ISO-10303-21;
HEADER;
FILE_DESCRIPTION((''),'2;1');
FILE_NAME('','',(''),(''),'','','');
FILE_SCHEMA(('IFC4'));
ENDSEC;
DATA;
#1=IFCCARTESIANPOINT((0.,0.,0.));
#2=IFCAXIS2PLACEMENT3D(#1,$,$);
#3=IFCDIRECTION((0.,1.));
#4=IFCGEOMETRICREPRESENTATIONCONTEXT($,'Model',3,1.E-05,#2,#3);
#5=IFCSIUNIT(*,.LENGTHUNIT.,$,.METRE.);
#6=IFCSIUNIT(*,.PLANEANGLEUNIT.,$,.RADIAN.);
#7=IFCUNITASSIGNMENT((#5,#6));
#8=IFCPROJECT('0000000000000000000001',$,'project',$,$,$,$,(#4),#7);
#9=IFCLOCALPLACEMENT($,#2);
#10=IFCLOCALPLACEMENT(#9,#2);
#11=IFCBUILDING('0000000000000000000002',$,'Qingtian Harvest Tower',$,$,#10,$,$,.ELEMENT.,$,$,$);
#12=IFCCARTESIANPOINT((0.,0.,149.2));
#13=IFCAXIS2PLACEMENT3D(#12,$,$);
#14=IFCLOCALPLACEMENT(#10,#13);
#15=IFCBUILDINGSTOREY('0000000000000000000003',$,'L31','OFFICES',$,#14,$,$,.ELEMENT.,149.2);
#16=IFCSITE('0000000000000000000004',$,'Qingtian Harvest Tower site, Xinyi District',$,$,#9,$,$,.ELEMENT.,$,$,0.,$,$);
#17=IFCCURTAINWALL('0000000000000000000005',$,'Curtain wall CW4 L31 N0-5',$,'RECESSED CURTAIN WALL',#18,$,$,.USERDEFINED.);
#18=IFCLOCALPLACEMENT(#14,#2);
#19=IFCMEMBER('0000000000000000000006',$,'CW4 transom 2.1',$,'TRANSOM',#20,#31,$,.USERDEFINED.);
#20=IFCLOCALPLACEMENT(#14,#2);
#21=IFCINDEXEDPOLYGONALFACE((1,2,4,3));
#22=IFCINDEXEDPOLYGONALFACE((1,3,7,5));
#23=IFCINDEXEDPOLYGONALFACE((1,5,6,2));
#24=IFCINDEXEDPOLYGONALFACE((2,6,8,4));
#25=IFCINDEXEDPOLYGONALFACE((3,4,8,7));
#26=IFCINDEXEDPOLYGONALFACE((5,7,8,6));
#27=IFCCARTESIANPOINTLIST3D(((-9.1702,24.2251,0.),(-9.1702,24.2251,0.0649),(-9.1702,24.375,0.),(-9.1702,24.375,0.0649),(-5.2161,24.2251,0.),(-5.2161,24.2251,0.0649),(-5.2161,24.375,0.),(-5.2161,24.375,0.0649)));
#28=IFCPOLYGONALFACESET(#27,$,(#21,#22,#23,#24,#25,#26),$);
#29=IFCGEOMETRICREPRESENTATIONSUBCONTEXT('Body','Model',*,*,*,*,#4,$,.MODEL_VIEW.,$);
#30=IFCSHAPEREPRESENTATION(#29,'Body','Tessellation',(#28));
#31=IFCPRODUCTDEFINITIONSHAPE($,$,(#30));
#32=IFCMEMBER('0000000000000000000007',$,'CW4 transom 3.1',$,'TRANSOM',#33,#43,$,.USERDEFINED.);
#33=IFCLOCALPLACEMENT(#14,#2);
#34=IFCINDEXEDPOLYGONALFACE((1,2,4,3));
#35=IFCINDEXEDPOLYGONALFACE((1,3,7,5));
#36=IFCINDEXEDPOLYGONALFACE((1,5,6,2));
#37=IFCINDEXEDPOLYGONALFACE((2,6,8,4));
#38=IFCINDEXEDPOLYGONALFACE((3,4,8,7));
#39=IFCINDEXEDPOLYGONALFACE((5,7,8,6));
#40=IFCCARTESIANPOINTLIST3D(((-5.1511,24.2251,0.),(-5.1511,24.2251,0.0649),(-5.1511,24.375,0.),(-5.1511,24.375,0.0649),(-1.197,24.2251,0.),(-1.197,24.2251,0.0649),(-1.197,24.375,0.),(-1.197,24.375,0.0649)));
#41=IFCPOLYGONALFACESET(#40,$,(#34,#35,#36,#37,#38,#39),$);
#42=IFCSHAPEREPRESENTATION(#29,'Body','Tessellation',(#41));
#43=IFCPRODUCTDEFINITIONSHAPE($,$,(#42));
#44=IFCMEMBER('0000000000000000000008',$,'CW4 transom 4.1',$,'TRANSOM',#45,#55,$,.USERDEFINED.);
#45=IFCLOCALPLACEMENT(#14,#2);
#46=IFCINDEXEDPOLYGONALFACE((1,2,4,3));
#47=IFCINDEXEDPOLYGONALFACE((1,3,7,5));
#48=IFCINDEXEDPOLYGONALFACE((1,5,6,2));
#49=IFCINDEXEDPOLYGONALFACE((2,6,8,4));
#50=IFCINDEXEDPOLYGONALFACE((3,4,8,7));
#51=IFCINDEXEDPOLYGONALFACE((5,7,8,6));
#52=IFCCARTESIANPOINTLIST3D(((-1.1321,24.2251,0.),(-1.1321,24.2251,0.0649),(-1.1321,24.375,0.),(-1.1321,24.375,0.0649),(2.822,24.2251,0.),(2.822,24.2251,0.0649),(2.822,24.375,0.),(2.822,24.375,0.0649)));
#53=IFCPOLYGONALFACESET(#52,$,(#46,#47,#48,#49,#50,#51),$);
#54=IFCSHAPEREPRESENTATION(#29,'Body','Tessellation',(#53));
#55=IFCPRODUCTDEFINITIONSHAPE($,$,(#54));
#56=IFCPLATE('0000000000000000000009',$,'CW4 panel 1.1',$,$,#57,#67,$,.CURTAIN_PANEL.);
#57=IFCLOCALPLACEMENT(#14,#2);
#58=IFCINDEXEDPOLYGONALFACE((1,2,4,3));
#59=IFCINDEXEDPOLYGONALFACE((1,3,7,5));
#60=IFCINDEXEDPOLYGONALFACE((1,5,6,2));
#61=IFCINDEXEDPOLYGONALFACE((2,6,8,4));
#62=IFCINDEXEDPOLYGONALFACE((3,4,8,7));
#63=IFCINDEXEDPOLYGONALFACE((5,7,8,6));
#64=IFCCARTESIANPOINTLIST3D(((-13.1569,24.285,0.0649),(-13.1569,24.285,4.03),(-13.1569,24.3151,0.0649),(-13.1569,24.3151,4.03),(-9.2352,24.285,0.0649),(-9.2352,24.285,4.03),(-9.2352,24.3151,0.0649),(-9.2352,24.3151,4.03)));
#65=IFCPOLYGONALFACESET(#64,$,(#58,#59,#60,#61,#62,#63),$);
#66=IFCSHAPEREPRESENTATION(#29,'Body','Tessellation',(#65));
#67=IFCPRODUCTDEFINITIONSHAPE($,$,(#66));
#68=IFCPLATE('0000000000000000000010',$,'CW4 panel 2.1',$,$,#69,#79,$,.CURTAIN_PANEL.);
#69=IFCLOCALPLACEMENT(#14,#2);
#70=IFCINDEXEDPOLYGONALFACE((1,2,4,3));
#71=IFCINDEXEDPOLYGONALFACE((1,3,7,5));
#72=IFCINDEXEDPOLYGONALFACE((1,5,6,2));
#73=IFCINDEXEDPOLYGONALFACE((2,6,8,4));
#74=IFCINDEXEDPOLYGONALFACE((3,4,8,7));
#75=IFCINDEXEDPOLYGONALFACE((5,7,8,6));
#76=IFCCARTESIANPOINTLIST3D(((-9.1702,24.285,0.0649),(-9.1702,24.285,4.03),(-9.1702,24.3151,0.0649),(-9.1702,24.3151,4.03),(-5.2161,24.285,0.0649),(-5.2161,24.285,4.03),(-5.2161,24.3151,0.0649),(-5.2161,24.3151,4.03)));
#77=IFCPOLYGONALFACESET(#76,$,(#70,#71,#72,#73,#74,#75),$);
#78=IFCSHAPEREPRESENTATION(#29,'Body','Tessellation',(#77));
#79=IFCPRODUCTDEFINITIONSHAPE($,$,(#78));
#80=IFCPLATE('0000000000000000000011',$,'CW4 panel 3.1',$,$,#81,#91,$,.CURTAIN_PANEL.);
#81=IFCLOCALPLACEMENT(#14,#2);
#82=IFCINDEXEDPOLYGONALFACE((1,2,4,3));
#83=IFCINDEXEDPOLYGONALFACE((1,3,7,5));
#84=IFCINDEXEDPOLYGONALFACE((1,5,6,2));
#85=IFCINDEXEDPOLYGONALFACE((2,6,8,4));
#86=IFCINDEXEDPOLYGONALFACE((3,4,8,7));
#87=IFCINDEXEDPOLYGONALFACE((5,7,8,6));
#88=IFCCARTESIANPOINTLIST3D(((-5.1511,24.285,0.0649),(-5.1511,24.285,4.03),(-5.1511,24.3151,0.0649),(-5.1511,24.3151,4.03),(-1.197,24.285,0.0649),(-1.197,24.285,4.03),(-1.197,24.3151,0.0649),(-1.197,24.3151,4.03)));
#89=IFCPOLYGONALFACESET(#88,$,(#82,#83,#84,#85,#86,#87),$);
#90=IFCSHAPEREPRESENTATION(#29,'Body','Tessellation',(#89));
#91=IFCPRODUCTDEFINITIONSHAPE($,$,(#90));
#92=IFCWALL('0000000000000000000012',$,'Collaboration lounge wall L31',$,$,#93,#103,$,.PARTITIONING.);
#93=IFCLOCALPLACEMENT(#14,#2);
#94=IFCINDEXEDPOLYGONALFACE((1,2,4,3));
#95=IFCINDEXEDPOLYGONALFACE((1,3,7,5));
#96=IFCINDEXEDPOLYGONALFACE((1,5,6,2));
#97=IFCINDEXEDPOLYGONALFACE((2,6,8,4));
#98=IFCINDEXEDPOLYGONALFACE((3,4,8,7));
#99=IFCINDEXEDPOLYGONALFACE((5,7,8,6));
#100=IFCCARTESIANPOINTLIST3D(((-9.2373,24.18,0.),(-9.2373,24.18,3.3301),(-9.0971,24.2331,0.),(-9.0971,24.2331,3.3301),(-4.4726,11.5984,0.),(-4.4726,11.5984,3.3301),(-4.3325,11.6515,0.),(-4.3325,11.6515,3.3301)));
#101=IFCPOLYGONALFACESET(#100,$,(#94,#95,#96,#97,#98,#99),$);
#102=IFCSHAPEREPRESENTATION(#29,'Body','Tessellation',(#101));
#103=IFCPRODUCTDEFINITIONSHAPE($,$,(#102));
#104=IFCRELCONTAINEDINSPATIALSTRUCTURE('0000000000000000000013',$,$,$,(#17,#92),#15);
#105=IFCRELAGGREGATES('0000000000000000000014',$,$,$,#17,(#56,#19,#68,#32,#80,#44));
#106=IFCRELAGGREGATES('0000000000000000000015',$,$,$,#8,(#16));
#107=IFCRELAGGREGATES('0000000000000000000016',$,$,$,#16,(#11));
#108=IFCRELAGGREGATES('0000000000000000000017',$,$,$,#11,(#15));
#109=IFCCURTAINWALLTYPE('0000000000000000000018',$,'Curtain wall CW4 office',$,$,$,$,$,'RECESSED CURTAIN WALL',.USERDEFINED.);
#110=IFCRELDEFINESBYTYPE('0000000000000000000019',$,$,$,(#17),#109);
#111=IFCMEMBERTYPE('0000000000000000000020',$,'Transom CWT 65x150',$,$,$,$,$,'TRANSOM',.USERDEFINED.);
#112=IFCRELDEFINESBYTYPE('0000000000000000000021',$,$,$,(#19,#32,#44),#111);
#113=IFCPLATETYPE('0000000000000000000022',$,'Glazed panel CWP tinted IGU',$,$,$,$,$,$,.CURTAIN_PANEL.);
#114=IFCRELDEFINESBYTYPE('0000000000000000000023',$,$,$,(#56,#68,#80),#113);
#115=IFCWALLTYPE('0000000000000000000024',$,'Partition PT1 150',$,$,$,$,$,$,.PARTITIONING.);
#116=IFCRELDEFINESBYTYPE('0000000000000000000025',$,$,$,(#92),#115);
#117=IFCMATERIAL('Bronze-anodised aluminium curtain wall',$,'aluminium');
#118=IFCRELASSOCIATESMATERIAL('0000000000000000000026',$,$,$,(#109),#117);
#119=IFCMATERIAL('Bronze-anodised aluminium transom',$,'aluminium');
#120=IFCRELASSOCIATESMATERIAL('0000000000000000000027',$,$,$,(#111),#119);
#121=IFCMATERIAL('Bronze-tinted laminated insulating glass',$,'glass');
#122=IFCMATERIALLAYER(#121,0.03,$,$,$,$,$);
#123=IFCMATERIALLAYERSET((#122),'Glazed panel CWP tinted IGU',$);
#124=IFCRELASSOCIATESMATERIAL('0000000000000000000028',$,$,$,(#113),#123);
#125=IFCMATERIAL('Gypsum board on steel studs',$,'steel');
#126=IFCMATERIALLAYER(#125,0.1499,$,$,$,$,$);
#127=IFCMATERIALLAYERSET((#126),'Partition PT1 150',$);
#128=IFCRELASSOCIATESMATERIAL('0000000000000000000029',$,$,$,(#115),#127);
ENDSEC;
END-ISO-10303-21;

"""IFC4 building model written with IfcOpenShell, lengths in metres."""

from ifc_helpers import new_model, si_unit, direction, frame, frame_2d, origin, origin_2d, place, context, subcontext, project, spatial, rectangle, extrude, material, layer, layer_set, material_profile, profile_set, type_object, element, aggregate, save


model = new_model("IFC4")

# Units and contexts
model_context = context("Model", 3, precision=1e-05, world=origin(), true_north=direction((0.0, 1.0)))
body_context = subcontext(model_context, "Body", "Model", "MODEL_VIEW")
ifc_project = project(units=[si_unit("LENGTHUNIT", "METRE"), si_unit("PLANEANGLEUNIT", "RADIAN")], contexts=[model_context])

# Site, building, storey
site_placement = place(None, origin())
site = spatial("IfcSite", under=ifc_project, at=site_placement, Name="Qingtian Harvest Tower site, Xinyi District", CompositionType="ELEMENT", RefElevation=0.0)
building_placement = place(site_placement, origin())
building = spatial("IfcBuilding", under=site, at=building_placement, Name="Qingtian Harvest Tower", CompositionType="ELEMENT")
storey_placement = place(building_placement, frame((0.0, 0.0, 149.2)))
storey = spatial("IfcBuildingStorey", under=building, at=storey_placement, Name="L31", Description="OFFICES", CompositionType="ELEMENT", Elevation=149.2)

# Curtain wall
ifc_material_1 = material(Name="Bronze-anodised aluminium curtain wall", Category="aluminium")
curtain_wall_type = type_object("IfcCurtainWallType", Name="Curtain wall CW4 office", ElementType="RECESSED CURTAIN WALL", PredefinedType="USERDEFINED", material=ifc_material_1)
curtain_wall_placement = place(storey_placement, origin())
curtain_wall = element("IfcCurtainWall", 1, at=curtain_wall_placement, inside=storey, type_object=curtain_wall_type, Name="Curtain wall CW4 L31 N0-5", ObjectType="RECESSED CURTAIN WALL", PredefinedType="USERDEFINED")

# Members
ifc_material_2 = material(Name="Bronze-anodised aluminium transom", Category="aluminium")
ifc_material_profile_1 = material_profile(ifc_material_2, rectangle(XDim=0.1499, YDim=0.0649, at=origin_2d()), Name="AL 65x150")
ifc_profile_set_1 = profile_set([ifc_material_profile_1], Name="Bronze-anodised aluminium transom")
member_type_1 = type_object("IfcMemberType", Name="Transom CWT 65x150", ElementType="TRANSOM", PredefinedType="USERDEFINED", material=ifc_profile_set_1)
member_1_placement = place(storey_placement, frame((-9.1702, 24.3, 0.0325), z_axis=(1.0, 0.0, 0.0), x_axis=(0.0, 1.0, 0.0)))
member_1 = element("IfcMember", 2, at=member_1_placement, type_object=member_type_1, Name="CW4 transom 2.1", ObjectType="TRANSOM", PredefinedType="USERDEFINED", context=body_context, shape_type="SweptSolid", body=[
    extrude(rectangle(XDim=0.1499, YDim=0.0649, at=origin_2d()), origin(), (0.0, 0.0, 1.0), 3.9541),
])
member_2_placement = place(storey_placement, frame((-5.1511, 24.3, 0.0325), z_axis=(1.0, 0.0, 0.0), x_axis=(0.0, 1.0, 0.0)))
member_2 = element("IfcMember", 3, at=member_2_placement, type_object=member_type_1, Name="CW4 transom 3.1", ObjectType="TRANSOM", PredefinedType="USERDEFINED", context=body_context, shape_type="SweptSolid", body=[
    extrude(rectangle(XDim=0.1499, YDim=0.0649, at=origin_2d()), origin(), (0.0, 0.0, 1.0), 3.9541),
])
member_3_placement = place(storey_placement, frame((-1.1321, 24.3, 0.0325), z_axis=(1.0, 0.0, 0.0), x_axis=(0.0, 1.0, 0.0)))
member_3 = element("IfcMember", 4, at=member_3_placement, type_object=member_type_1, Name="CW4 transom 4.1", ObjectType="TRANSOM", PredefinedType="USERDEFINED", context=body_context, shape_type="SweptSolid", body=[
    extrude(rectangle(XDim=0.1499, YDim=0.0649, at=origin_2d()), origin(), (0.0, 0.0, 1.0), 3.9541),
])

# Plates
ifc_material_3 = material(Name="Bronze-tinted laminated insulating glass", Category="glass")
ifc_layer_1 = layer(ifc_material_3, 0.03)
ifc_layer_set_1 = layer_set([ifc_layer_1], Name="Glazed panel CWP tinted IGU")
plate_type = type_object("IfcPlateType", Name="Glazed panel CWP tinted IGU", PredefinedType="CURTAIN_PANEL", material=ifc_layer_set_1)
plate_1_placement = place(storey_placement, frame((-11.196, 24.3, 0.0649), z_axis=(0.0, 0.0, 1.0), x_axis=(1.0, 0.0, 0.0)))
plate_1 = element("IfcPlate", 5, at=plate_1_placement, type_object=plate_type, Name="CW4 panel 1.1", PredefinedType="CURTAIN_PANEL", context=body_context, shape_type="SweptSolid", body=[
    extrude(rectangle(XDim=3.9216, YDim=0.03, at=origin_2d()), origin(), (0.0, 0.0, 1.0), 3.9651),
])
plate_2_placement = place(storey_placement, frame((-7.1931, 24.3, 0.0649), z_axis=(0.0, 0.0, 1.0), x_axis=(1.0, 0.0, 0.0)))
plate_2 = element("IfcPlate", 6, at=plate_2_placement, type_object=plate_type, Name="CW4 panel 2.1", PredefinedType="CURTAIN_PANEL", context=body_context, shape_type="SweptSolid", body=[
    extrude(rectangle(XDim=3.9541, YDim=0.03, at=origin_2d()), origin(), (0.0, 0.0, 1.0), 3.9651),
])
plate_3_placement = place(storey_placement, frame((-3.1741, 24.3, 0.0649), z_axis=(0.0, 0.0, 1.0), x_axis=(1.0, 0.0, 0.0)))
plate_3 = element("IfcPlate", 7, at=plate_3_placement, type_object=plate_type, Name="CW4 panel 3.1", PredefinedType="CURTAIN_PANEL", context=body_context, shape_type="SweptSolid", body=[
    extrude(rectangle(XDim=3.9541, YDim=0.03, at=origin_2d()), origin(), (0.0, 0.0, 1.0), 3.9651),
])
aggregate(curtain_wall, [plate_1, member_1, plate_2, member_2, plate_3, member_3])

# Shared definitions
ifc_material_4 = material(Name="Gypsum board on steel studs", Category="steel")
ifc_layer_2 = layer(ifc_material_4, 0.1499)
ifc_layer_set_2 = layer_set([ifc_layer_2], Name="Partition PT1 150")
wall_type = type_object("IfcWallType", Name="Partition PT1 150", PredefinedType="PARTITIONING", material=ifc_layer_set_2)

# Wall
wall_1_placement = place(storey_placement, frame((-9.1672, 24.2065, 0.0), z_axis=(0.0, 0.0, 1.0), x_axis=(0.354156, -0.935186, 0.0)))
element("IfcWall", 8, at=wall_1_placement, inside=storey, type_object=wall_type, Name="Collaboration lounge wall L31", PredefinedType="PARTITIONING", context=body_context, shape_type="SweptSolid", body=[
    extrude(rectangle(XDim=13.4536, YDim=0.1499, at=frame_2d((6.7268, 0.0))), origin(), (0.0, 0.0, 1.0), 3.3301),
])

save(model, "model.ifc")
